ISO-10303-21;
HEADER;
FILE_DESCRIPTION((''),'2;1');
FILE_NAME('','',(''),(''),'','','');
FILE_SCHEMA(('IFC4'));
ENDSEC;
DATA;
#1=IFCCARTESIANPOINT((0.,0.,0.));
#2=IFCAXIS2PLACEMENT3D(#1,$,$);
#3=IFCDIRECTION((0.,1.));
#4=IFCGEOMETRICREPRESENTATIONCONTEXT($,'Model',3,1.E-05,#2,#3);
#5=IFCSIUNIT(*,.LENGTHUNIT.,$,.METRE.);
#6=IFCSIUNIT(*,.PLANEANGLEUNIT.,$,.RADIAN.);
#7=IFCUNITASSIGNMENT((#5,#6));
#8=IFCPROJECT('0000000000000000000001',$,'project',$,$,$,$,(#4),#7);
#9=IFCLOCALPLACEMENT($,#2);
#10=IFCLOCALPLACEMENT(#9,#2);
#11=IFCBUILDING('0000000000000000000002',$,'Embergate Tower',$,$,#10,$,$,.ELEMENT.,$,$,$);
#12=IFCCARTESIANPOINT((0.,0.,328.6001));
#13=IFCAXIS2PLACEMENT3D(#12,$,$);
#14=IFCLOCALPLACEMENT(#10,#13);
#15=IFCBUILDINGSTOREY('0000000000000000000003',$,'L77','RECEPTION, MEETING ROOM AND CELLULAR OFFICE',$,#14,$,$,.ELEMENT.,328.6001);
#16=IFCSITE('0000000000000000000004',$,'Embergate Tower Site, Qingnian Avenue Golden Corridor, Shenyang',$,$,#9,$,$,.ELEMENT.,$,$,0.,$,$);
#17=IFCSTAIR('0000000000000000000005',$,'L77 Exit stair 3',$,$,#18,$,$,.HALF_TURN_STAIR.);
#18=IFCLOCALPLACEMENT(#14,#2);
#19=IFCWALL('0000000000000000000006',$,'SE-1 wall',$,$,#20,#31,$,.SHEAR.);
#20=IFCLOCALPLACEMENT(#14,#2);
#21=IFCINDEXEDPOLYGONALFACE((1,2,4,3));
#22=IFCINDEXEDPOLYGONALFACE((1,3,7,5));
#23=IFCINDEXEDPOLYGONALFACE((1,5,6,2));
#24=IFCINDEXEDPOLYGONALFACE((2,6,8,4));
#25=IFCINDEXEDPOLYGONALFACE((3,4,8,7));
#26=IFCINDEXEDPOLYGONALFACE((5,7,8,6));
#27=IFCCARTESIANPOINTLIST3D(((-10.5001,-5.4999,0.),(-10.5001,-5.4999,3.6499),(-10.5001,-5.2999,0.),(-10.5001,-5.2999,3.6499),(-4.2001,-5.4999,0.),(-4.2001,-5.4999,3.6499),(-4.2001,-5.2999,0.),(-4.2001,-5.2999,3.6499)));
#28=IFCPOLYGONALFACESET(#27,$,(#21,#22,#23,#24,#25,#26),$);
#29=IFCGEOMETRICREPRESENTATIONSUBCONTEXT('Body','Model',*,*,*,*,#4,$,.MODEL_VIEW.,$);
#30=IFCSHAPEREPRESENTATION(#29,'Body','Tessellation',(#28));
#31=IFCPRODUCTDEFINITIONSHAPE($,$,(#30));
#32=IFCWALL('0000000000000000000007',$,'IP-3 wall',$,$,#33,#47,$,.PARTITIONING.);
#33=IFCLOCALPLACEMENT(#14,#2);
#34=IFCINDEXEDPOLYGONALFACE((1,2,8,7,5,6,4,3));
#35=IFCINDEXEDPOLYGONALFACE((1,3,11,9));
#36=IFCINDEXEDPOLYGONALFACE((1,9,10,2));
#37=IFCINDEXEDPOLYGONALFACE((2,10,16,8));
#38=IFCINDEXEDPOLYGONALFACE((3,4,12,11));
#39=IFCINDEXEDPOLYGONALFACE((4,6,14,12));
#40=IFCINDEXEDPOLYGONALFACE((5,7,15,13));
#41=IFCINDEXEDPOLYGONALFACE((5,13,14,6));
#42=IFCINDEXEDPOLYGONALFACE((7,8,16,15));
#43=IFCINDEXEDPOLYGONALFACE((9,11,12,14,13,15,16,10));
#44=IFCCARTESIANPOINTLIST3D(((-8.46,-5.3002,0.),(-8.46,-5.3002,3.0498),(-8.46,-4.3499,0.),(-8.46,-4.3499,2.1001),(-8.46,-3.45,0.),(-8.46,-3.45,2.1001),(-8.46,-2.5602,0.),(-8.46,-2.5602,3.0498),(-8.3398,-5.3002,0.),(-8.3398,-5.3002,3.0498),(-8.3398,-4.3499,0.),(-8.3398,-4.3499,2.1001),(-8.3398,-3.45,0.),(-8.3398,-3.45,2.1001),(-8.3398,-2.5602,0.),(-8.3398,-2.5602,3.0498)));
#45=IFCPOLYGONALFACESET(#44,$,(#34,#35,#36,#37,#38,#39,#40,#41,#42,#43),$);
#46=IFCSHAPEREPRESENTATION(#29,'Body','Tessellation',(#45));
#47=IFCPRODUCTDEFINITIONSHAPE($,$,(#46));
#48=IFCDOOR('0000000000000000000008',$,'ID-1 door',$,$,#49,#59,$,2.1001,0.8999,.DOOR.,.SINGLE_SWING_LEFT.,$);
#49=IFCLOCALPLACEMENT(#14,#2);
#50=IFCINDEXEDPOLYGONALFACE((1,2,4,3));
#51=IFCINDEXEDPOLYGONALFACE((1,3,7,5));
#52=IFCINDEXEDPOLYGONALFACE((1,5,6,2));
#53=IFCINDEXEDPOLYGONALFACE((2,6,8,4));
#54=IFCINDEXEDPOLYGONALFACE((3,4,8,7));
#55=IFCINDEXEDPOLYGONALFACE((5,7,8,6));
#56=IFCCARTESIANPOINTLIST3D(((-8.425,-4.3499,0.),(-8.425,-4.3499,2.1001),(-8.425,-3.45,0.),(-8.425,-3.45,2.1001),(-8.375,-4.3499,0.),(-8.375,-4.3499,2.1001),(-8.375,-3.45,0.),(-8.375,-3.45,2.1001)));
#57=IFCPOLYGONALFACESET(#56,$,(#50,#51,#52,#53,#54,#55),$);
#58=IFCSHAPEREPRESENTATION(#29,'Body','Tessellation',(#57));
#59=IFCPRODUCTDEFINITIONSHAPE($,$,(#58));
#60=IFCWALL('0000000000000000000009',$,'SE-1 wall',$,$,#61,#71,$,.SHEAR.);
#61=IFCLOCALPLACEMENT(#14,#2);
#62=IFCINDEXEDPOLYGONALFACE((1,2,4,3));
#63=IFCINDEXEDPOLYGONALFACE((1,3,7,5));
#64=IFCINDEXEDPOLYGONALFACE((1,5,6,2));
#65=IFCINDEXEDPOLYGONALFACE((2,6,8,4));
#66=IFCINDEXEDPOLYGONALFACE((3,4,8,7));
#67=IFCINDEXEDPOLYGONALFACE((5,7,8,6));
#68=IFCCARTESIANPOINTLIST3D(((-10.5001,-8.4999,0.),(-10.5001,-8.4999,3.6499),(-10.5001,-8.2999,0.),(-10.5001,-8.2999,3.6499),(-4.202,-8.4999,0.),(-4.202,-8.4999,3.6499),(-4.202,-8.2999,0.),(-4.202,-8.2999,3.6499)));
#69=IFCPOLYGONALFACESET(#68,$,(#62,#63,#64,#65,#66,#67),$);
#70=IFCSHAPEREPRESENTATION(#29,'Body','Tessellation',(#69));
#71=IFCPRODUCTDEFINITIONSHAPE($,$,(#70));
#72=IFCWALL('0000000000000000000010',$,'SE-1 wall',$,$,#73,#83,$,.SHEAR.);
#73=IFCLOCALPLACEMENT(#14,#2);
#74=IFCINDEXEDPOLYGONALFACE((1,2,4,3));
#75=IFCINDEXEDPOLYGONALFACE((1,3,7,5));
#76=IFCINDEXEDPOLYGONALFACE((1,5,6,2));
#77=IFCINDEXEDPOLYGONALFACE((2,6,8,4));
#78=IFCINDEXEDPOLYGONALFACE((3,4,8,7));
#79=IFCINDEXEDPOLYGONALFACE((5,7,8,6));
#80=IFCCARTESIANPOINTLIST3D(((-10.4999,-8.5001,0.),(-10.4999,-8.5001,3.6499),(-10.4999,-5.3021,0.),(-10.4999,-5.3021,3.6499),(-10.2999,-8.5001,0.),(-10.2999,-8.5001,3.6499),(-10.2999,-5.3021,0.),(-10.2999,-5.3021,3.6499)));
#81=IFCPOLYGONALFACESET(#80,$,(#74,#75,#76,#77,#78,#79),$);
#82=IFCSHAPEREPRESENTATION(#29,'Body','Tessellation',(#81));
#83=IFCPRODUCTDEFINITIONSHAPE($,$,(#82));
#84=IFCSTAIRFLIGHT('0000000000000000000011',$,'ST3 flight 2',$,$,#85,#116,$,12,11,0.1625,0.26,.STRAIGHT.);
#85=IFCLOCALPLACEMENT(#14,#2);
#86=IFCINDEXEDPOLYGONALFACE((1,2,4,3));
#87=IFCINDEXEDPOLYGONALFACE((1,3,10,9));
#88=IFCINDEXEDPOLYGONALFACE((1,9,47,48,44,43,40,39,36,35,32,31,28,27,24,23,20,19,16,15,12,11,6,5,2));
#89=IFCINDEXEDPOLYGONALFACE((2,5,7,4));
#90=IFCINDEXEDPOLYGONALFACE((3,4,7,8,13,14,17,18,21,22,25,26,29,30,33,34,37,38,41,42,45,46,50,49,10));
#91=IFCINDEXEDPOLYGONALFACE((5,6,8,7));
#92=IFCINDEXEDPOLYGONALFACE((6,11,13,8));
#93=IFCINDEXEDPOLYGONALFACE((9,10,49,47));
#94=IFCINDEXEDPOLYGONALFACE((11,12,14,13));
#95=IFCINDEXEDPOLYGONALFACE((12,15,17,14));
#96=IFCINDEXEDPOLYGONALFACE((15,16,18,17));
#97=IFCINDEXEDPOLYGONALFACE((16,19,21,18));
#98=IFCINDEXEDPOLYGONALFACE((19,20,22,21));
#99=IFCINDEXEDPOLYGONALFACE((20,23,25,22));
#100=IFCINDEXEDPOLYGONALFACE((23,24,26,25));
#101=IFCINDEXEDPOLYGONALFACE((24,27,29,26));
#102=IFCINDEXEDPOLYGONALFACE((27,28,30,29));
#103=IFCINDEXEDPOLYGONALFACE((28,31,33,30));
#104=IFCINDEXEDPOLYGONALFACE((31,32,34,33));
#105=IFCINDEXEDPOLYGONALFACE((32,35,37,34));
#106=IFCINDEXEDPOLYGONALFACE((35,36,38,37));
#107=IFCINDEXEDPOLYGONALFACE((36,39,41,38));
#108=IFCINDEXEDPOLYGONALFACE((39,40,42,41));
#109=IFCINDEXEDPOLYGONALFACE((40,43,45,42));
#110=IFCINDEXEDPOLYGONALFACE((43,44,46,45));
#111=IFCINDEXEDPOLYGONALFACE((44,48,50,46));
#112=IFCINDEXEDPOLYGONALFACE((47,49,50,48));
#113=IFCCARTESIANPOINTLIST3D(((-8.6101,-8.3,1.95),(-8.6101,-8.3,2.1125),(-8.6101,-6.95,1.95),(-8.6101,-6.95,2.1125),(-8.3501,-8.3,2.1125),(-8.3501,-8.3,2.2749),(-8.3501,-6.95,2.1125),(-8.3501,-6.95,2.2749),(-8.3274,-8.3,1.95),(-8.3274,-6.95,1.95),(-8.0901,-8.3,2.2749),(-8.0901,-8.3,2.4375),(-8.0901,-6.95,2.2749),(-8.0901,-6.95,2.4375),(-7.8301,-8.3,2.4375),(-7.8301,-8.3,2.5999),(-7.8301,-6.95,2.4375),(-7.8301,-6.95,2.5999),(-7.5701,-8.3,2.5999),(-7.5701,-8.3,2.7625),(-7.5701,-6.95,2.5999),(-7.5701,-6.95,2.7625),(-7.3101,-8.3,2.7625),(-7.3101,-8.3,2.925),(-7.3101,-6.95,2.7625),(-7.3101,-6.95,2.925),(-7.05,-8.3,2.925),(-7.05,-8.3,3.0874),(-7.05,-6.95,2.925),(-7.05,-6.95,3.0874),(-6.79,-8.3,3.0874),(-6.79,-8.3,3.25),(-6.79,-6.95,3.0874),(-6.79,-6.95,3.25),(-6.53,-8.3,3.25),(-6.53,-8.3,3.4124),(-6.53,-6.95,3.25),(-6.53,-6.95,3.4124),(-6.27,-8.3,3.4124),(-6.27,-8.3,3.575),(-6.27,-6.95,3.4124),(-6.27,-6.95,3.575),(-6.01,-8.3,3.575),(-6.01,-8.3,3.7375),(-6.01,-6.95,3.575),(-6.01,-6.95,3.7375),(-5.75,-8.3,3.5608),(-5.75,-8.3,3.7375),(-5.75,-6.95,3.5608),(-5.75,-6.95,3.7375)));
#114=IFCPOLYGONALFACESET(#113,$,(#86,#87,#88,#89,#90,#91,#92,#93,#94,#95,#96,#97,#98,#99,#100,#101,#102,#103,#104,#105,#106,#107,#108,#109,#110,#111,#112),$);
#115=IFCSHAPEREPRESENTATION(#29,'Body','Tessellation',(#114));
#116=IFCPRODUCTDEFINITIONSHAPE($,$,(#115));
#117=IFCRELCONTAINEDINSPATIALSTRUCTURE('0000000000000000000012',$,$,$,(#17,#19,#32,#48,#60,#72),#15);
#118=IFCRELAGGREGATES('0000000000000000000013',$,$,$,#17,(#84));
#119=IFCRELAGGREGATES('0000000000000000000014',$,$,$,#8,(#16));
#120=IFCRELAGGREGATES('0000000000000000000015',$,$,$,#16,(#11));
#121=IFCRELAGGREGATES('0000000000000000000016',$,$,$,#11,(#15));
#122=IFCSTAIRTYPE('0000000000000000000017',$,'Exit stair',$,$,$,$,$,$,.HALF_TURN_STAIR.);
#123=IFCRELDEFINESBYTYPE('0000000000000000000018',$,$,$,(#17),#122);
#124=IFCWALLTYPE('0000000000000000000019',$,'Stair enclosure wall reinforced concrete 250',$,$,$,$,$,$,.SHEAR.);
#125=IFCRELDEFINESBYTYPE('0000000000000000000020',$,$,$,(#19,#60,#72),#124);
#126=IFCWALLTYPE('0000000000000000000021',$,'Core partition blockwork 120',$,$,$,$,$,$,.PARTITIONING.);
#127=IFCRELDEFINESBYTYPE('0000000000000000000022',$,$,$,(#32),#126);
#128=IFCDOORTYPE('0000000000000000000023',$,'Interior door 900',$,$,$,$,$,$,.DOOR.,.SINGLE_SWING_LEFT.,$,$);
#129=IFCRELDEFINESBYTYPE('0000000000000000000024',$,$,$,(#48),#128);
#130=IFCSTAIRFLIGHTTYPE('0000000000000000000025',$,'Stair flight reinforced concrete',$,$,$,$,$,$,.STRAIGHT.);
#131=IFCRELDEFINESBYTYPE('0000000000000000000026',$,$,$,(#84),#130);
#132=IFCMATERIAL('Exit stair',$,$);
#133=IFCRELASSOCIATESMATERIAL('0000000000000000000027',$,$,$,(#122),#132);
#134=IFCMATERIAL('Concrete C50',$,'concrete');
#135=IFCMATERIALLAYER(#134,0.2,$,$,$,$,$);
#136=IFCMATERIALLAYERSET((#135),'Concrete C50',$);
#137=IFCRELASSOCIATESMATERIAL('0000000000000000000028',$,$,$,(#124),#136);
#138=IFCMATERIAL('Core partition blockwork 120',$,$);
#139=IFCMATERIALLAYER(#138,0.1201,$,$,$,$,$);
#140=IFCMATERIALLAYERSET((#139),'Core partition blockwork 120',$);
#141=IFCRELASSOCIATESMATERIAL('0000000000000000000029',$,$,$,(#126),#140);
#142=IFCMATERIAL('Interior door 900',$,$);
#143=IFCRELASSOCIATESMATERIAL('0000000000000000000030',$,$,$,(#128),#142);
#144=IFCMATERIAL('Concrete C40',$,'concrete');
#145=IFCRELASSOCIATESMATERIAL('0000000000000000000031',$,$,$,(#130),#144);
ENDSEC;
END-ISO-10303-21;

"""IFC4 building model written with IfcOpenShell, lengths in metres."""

from ifc_helpers import new_model, si_unit, direction, frame, frame_2d, origin, place, context, subcontext, project, spatial, polyline, rectangle, outline, extrude, source, transform, mapped, material, layer, layer_set, type_object, element, fill, aggregate, save


model = new_model("IFC4")

# Units and contexts
model_context = context("Model", 3, precision=1e-05, world=origin(), true_north=direction((0.0, 1.0)))
body_context = subcontext(model_context, "Body", "Model", "MODEL_VIEW")
ifc_project = project(units=[si_unit("LENGTHUNIT", "METRE"), si_unit("PLANEANGLEUNIT", "RADIAN")], contexts=[model_context])

# Site, building, storey
site_placement = place(None, origin())
site = spatial("IfcSite", under=ifc_project, at=site_placement, Name="Embergate Tower Site, Qingnian Avenue Golden Corridor, Shenyang", CompositionType="ELEMENT", RefElevation=0.0)
building_placement = place(site_placement, origin())
building = spatial("IfcBuilding", under=site, at=building_placement, Name="Embergate Tower", CompositionType="ELEMENT")
storey_placement = place(building_placement, frame((0.0, 0.0, 328.6001)))
storey = spatial("IfcBuildingStorey", under=building, at=storey_placement, Name="L77", Description="RECEPTION, MEETING ROOM AND CELLULAR OFFICE", CompositionType="ELEMENT", Elevation=328.6001)

# Stair
ifc_material_1 = material(Name="Exit stair")
stair_type = type_object("IfcStairType", Name="Exit stair", PredefinedType="HALF_TURN_STAIR", material=ifc_material_1)
stair_placement = place(storey_placement, origin())
stair = element("IfcStair", 1, at=stair_placement, inside=storey, type_object=stair_type, Name="L77 Exit stair 3", PredefinedType="HALF_TURN_STAIR")
ifc_material_2 = material(Name="Concrete C40", Category="concrete")

# Shared definitions
ifc_material_3 = material(Name="Concrete C50", Category="concrete")

# Wall
ifc_layer_1 = layer(ifc_material_3, 0.2)
ifc_layer_set_1 = layer_set([ifc_layer_1], Name="Concrete C50")
wall_type_1 = type_object("IfcWallType", Name="Stair enclosure wall reinforced concrete 250", PredefinedType="SHEAR", material=ifc_layer_set_1)
shared_shape_1 = source(origin(), body_context, "Body", "SweptSolid", [
    extrude(rectangle(XDim=6.3, YDim=0.2, at=frame_2d((3.1499, 0.0))), origin(), (0.0, 0.0, 1.0), 3.6499),
])
wall_1_placement = place(storey_placement, frame((-10.5, -5.3999, 0.0), z_axis=(0.0, 0.0, 1.0), x_axis=(1.0, 0.0, 0.0)))
element("IfcWall", 2, at=wall_1_placement, inside=storey, type_object=wall_type_1, Name="SE-1 wall", PredefinedType="SHEAR", context=body_context, shape_type="MappedRepresentation", body=[
    mapped(shared_shape_1, transform((0.0, 0.0, 0.0))),
])

# Wall, opening, door
ifc_material_4 = material(Name="Core partition blockwork 120")
ifc_layer_2 = layer(ifc_material_4, 0.1201)
ifc_layer_set_2 = layer_set([ifc_layer_2], Name="Core partition blockwork 120")
wall_type_2 = type_object("IfcWallType", Name="Core partition blockwork 120", PredefinedType="PARTITIONING", material=ifc_layer_set_2)
shared_shape_2 = source(origin(), body_context, "Body", "SweptSolid", [
    extrude(rectangle(XDim=2.74, YDim=0.1201, at=frame_2d((1.3701, 0.0))), origin(), (0.0, 0.0, 1.0), 3.0498),
])
wall_2_placement = place(storey_placement, frame((-8.3999, -2.5601, 0.0), z_axis=(0.0, 0.0, 1.0), x_axis=(0.0, -1.0, 0.0)))
wall_2 = element("IfcWall", 3, at=wall_2_placement, inside=storey, type_object=wall_type_2, Name="IP-3 wall", PredefinedType="PARTITIONING", context=body_context, shape_type="MappedRepresentation", body=[
    mapped(shared_shape_2, transform((0.0, 0.0, 0.0))),
])
shared_shape_3 = source(origin(), body_context, "Body", "SweptSolid", [
    extrude(rectangle(XDim=0.8999, YDim=2.1001, at=frame_2d((0.45, 1.05))), frame((0.0, 0.0701, 0.0), z_axis=(0.0, -1.0, 0.0), x_axis=(1.0, 0.0, 0.0)), (0.0, 0.0, 1.0), 0.1401),
])
opening_1_placement = place(wall_2_placement, frame((0.8899, 0.0, 0.0)))
opening_1 = element("IfcOpeningElement", 4, at=opening_1_placement, cuts=wall_2, PredefinedType="OPENING", context=body_context, shape_type="MappedRepresentation", body=[
    mapped(shared_shape_3, transform((0.0, 0.0, 0.0))),
])
ifc_material_5 = material(Name="Interior door 900")
door_type_1 = type_object("IfcDoorType", Name="Interior door 900", OperationType="SINGLE_SWING_LEFT", PredefinedType="DOOR", material=ifc_material_5)
shared_shape_4 = source(origin(), body_context, "Body", "SweptSolid", [
    extrude(rectangle(XDim=0.8999, YDim=2.1001, at=frame_2d((0.45, 1.05))), frame((0.0, 0.0249, 0.0), z_axis=(0.0, -1.0, 0.0), x_axis=(1.0, 0.0, 0.0)), (0.0, 0.0, 1.0), 0.05),
])
door_1_placement = place(opening_1_placement, origin())
door_1 = element("IfcDoor", 5, at=door_1_placement, inside=storey, type_object=door_type_1, Name="ID-1 door", OperationType="SINGLE_SWING_LEFT", OverallHeight=2.1001, OverallWidth=0.8999, PredefinedType="DOOR", context=body_context, shape_type="MappedRepresentation", body=[
    mapped(shared_shape_4, transform((0.0, 0.0, 0.0))),
])
fill(opening_1, door_1)

# Walls
shared_shape_5 = source(origin(), body_context, "Body", "SweptSolid", [
    extrude(rectangle(XDim=6.2981, YDim=0.2, at=frame_2d((3.1489, 0.0))), origin(), (0.0, 0.0, 1.0), 3.6499),
])
wall_3_placement = place(storey_placement, frame((-10.5, -8.3999, 0.0), z_axis=(0.0, 0.0, 1.0), x_axis=(1.0, 0.0, 0.0)))
element("IfcWall", 6, at=wall_3_placement, inside=storey, type_object=wall_type_1, Name="SE-1 wall", PredefinedType="SHEAR", context=body_context, shape_type="MappedRepresentation", body=[
    mapped(shared_shape_5, transform((0.0, 0.0, 0.0))),
])
shared_shape_6 = source(origin(), body_context, "Body", "SweptSolid", [
    extrude(rectangle(XDim=3.198, YDim=0.2, at=frame_2d((1.5991, 0.0))), origin(), (0.0, 0.0, 1.0), 3.6499),
])
wall_4_placement = place(storey_placement, frame((-10.3999, -5.302, 0.0), z_axis=(0.0, 0.0, 1.0), x_axis=(0.0, -1.0, 0.0)))
element("IfcWall", 7, at=wall_4_placement, inside=storey, type_object=wall_type_1, Name="SE-1 wall", PredefinedType="SHEAR", context=body_context, shape_type="MappedRepresentation", body=[
    mapped(shared_shape_6, transform((0.0, 0.0, 0.0))),
])

# Stair flight
stair_flight_type = type_object("IfcStairFlightType", Name="Stair flight reinforced concrete", PredefinedType="STRAIGHT", material=ifc_material_2)
shared_shape_7 = source(origin(), body_context, "Body", "SweptSolid", [
    extrude(outline(polyline([(0.0, 0.0), (0.0, 0.1626), (0.26, 0.1626), (0.26, 0.325), (0.52, 0.325), (0.52, 0.4875), (0.78, 0.4875), (0.78, 0.6499), (1.04, 0.6499), (1.04, 0.8125), (1.3, 0.8125), (1.3, 0.9751), (1.5601, 0.9751), (1.5601, 1.1375), (1.8201, 1.1375), (1.8201, 1.3), (2.0801, 1.3), (2.0801, 1.4624), (2.3401, 1.4624), (2.3401, 1.625), (2.6001, 1.625), (2.6001, 1.7876), (2.8601, 1.7876), (2.8601, 1.95), (2.8601, 1.6108), (0.2827, 0.0), (0.0, 0.0)])), frame((0.0, 0.675, 0.0), z_axis=(0.0, -1.0, 0.0), x_axis=(1.0, 0.0, 0.0)), (0.0, 0.0, 1.0), 1.3501),
])
stair_flight_placement = place(storey_placement, frame((-8.6101, -7.625, 1.95), z_axis=(0.0, 0.0, 1.0), x_axis=(1.0, 0.0, 0.0)))
stair_flight = element("IfcStairFlight", 8, at=stair_flight_placement, type_object=stair_flight_type, Name="ST3 flight 2", NumberOfRisers=12, NumberOfTreads=11, PredefinedType="STRAIGHT", RiserHeight=0.1625, TreadLength=0.26, context=body_context, shape_type="MappedRepresentation", body=[
    mapped(shared_shape_7, transform((0.0, 0.0, 0.0))),
])
aggregate(stair, [stair_flight])

save(model, "model.ifc")
